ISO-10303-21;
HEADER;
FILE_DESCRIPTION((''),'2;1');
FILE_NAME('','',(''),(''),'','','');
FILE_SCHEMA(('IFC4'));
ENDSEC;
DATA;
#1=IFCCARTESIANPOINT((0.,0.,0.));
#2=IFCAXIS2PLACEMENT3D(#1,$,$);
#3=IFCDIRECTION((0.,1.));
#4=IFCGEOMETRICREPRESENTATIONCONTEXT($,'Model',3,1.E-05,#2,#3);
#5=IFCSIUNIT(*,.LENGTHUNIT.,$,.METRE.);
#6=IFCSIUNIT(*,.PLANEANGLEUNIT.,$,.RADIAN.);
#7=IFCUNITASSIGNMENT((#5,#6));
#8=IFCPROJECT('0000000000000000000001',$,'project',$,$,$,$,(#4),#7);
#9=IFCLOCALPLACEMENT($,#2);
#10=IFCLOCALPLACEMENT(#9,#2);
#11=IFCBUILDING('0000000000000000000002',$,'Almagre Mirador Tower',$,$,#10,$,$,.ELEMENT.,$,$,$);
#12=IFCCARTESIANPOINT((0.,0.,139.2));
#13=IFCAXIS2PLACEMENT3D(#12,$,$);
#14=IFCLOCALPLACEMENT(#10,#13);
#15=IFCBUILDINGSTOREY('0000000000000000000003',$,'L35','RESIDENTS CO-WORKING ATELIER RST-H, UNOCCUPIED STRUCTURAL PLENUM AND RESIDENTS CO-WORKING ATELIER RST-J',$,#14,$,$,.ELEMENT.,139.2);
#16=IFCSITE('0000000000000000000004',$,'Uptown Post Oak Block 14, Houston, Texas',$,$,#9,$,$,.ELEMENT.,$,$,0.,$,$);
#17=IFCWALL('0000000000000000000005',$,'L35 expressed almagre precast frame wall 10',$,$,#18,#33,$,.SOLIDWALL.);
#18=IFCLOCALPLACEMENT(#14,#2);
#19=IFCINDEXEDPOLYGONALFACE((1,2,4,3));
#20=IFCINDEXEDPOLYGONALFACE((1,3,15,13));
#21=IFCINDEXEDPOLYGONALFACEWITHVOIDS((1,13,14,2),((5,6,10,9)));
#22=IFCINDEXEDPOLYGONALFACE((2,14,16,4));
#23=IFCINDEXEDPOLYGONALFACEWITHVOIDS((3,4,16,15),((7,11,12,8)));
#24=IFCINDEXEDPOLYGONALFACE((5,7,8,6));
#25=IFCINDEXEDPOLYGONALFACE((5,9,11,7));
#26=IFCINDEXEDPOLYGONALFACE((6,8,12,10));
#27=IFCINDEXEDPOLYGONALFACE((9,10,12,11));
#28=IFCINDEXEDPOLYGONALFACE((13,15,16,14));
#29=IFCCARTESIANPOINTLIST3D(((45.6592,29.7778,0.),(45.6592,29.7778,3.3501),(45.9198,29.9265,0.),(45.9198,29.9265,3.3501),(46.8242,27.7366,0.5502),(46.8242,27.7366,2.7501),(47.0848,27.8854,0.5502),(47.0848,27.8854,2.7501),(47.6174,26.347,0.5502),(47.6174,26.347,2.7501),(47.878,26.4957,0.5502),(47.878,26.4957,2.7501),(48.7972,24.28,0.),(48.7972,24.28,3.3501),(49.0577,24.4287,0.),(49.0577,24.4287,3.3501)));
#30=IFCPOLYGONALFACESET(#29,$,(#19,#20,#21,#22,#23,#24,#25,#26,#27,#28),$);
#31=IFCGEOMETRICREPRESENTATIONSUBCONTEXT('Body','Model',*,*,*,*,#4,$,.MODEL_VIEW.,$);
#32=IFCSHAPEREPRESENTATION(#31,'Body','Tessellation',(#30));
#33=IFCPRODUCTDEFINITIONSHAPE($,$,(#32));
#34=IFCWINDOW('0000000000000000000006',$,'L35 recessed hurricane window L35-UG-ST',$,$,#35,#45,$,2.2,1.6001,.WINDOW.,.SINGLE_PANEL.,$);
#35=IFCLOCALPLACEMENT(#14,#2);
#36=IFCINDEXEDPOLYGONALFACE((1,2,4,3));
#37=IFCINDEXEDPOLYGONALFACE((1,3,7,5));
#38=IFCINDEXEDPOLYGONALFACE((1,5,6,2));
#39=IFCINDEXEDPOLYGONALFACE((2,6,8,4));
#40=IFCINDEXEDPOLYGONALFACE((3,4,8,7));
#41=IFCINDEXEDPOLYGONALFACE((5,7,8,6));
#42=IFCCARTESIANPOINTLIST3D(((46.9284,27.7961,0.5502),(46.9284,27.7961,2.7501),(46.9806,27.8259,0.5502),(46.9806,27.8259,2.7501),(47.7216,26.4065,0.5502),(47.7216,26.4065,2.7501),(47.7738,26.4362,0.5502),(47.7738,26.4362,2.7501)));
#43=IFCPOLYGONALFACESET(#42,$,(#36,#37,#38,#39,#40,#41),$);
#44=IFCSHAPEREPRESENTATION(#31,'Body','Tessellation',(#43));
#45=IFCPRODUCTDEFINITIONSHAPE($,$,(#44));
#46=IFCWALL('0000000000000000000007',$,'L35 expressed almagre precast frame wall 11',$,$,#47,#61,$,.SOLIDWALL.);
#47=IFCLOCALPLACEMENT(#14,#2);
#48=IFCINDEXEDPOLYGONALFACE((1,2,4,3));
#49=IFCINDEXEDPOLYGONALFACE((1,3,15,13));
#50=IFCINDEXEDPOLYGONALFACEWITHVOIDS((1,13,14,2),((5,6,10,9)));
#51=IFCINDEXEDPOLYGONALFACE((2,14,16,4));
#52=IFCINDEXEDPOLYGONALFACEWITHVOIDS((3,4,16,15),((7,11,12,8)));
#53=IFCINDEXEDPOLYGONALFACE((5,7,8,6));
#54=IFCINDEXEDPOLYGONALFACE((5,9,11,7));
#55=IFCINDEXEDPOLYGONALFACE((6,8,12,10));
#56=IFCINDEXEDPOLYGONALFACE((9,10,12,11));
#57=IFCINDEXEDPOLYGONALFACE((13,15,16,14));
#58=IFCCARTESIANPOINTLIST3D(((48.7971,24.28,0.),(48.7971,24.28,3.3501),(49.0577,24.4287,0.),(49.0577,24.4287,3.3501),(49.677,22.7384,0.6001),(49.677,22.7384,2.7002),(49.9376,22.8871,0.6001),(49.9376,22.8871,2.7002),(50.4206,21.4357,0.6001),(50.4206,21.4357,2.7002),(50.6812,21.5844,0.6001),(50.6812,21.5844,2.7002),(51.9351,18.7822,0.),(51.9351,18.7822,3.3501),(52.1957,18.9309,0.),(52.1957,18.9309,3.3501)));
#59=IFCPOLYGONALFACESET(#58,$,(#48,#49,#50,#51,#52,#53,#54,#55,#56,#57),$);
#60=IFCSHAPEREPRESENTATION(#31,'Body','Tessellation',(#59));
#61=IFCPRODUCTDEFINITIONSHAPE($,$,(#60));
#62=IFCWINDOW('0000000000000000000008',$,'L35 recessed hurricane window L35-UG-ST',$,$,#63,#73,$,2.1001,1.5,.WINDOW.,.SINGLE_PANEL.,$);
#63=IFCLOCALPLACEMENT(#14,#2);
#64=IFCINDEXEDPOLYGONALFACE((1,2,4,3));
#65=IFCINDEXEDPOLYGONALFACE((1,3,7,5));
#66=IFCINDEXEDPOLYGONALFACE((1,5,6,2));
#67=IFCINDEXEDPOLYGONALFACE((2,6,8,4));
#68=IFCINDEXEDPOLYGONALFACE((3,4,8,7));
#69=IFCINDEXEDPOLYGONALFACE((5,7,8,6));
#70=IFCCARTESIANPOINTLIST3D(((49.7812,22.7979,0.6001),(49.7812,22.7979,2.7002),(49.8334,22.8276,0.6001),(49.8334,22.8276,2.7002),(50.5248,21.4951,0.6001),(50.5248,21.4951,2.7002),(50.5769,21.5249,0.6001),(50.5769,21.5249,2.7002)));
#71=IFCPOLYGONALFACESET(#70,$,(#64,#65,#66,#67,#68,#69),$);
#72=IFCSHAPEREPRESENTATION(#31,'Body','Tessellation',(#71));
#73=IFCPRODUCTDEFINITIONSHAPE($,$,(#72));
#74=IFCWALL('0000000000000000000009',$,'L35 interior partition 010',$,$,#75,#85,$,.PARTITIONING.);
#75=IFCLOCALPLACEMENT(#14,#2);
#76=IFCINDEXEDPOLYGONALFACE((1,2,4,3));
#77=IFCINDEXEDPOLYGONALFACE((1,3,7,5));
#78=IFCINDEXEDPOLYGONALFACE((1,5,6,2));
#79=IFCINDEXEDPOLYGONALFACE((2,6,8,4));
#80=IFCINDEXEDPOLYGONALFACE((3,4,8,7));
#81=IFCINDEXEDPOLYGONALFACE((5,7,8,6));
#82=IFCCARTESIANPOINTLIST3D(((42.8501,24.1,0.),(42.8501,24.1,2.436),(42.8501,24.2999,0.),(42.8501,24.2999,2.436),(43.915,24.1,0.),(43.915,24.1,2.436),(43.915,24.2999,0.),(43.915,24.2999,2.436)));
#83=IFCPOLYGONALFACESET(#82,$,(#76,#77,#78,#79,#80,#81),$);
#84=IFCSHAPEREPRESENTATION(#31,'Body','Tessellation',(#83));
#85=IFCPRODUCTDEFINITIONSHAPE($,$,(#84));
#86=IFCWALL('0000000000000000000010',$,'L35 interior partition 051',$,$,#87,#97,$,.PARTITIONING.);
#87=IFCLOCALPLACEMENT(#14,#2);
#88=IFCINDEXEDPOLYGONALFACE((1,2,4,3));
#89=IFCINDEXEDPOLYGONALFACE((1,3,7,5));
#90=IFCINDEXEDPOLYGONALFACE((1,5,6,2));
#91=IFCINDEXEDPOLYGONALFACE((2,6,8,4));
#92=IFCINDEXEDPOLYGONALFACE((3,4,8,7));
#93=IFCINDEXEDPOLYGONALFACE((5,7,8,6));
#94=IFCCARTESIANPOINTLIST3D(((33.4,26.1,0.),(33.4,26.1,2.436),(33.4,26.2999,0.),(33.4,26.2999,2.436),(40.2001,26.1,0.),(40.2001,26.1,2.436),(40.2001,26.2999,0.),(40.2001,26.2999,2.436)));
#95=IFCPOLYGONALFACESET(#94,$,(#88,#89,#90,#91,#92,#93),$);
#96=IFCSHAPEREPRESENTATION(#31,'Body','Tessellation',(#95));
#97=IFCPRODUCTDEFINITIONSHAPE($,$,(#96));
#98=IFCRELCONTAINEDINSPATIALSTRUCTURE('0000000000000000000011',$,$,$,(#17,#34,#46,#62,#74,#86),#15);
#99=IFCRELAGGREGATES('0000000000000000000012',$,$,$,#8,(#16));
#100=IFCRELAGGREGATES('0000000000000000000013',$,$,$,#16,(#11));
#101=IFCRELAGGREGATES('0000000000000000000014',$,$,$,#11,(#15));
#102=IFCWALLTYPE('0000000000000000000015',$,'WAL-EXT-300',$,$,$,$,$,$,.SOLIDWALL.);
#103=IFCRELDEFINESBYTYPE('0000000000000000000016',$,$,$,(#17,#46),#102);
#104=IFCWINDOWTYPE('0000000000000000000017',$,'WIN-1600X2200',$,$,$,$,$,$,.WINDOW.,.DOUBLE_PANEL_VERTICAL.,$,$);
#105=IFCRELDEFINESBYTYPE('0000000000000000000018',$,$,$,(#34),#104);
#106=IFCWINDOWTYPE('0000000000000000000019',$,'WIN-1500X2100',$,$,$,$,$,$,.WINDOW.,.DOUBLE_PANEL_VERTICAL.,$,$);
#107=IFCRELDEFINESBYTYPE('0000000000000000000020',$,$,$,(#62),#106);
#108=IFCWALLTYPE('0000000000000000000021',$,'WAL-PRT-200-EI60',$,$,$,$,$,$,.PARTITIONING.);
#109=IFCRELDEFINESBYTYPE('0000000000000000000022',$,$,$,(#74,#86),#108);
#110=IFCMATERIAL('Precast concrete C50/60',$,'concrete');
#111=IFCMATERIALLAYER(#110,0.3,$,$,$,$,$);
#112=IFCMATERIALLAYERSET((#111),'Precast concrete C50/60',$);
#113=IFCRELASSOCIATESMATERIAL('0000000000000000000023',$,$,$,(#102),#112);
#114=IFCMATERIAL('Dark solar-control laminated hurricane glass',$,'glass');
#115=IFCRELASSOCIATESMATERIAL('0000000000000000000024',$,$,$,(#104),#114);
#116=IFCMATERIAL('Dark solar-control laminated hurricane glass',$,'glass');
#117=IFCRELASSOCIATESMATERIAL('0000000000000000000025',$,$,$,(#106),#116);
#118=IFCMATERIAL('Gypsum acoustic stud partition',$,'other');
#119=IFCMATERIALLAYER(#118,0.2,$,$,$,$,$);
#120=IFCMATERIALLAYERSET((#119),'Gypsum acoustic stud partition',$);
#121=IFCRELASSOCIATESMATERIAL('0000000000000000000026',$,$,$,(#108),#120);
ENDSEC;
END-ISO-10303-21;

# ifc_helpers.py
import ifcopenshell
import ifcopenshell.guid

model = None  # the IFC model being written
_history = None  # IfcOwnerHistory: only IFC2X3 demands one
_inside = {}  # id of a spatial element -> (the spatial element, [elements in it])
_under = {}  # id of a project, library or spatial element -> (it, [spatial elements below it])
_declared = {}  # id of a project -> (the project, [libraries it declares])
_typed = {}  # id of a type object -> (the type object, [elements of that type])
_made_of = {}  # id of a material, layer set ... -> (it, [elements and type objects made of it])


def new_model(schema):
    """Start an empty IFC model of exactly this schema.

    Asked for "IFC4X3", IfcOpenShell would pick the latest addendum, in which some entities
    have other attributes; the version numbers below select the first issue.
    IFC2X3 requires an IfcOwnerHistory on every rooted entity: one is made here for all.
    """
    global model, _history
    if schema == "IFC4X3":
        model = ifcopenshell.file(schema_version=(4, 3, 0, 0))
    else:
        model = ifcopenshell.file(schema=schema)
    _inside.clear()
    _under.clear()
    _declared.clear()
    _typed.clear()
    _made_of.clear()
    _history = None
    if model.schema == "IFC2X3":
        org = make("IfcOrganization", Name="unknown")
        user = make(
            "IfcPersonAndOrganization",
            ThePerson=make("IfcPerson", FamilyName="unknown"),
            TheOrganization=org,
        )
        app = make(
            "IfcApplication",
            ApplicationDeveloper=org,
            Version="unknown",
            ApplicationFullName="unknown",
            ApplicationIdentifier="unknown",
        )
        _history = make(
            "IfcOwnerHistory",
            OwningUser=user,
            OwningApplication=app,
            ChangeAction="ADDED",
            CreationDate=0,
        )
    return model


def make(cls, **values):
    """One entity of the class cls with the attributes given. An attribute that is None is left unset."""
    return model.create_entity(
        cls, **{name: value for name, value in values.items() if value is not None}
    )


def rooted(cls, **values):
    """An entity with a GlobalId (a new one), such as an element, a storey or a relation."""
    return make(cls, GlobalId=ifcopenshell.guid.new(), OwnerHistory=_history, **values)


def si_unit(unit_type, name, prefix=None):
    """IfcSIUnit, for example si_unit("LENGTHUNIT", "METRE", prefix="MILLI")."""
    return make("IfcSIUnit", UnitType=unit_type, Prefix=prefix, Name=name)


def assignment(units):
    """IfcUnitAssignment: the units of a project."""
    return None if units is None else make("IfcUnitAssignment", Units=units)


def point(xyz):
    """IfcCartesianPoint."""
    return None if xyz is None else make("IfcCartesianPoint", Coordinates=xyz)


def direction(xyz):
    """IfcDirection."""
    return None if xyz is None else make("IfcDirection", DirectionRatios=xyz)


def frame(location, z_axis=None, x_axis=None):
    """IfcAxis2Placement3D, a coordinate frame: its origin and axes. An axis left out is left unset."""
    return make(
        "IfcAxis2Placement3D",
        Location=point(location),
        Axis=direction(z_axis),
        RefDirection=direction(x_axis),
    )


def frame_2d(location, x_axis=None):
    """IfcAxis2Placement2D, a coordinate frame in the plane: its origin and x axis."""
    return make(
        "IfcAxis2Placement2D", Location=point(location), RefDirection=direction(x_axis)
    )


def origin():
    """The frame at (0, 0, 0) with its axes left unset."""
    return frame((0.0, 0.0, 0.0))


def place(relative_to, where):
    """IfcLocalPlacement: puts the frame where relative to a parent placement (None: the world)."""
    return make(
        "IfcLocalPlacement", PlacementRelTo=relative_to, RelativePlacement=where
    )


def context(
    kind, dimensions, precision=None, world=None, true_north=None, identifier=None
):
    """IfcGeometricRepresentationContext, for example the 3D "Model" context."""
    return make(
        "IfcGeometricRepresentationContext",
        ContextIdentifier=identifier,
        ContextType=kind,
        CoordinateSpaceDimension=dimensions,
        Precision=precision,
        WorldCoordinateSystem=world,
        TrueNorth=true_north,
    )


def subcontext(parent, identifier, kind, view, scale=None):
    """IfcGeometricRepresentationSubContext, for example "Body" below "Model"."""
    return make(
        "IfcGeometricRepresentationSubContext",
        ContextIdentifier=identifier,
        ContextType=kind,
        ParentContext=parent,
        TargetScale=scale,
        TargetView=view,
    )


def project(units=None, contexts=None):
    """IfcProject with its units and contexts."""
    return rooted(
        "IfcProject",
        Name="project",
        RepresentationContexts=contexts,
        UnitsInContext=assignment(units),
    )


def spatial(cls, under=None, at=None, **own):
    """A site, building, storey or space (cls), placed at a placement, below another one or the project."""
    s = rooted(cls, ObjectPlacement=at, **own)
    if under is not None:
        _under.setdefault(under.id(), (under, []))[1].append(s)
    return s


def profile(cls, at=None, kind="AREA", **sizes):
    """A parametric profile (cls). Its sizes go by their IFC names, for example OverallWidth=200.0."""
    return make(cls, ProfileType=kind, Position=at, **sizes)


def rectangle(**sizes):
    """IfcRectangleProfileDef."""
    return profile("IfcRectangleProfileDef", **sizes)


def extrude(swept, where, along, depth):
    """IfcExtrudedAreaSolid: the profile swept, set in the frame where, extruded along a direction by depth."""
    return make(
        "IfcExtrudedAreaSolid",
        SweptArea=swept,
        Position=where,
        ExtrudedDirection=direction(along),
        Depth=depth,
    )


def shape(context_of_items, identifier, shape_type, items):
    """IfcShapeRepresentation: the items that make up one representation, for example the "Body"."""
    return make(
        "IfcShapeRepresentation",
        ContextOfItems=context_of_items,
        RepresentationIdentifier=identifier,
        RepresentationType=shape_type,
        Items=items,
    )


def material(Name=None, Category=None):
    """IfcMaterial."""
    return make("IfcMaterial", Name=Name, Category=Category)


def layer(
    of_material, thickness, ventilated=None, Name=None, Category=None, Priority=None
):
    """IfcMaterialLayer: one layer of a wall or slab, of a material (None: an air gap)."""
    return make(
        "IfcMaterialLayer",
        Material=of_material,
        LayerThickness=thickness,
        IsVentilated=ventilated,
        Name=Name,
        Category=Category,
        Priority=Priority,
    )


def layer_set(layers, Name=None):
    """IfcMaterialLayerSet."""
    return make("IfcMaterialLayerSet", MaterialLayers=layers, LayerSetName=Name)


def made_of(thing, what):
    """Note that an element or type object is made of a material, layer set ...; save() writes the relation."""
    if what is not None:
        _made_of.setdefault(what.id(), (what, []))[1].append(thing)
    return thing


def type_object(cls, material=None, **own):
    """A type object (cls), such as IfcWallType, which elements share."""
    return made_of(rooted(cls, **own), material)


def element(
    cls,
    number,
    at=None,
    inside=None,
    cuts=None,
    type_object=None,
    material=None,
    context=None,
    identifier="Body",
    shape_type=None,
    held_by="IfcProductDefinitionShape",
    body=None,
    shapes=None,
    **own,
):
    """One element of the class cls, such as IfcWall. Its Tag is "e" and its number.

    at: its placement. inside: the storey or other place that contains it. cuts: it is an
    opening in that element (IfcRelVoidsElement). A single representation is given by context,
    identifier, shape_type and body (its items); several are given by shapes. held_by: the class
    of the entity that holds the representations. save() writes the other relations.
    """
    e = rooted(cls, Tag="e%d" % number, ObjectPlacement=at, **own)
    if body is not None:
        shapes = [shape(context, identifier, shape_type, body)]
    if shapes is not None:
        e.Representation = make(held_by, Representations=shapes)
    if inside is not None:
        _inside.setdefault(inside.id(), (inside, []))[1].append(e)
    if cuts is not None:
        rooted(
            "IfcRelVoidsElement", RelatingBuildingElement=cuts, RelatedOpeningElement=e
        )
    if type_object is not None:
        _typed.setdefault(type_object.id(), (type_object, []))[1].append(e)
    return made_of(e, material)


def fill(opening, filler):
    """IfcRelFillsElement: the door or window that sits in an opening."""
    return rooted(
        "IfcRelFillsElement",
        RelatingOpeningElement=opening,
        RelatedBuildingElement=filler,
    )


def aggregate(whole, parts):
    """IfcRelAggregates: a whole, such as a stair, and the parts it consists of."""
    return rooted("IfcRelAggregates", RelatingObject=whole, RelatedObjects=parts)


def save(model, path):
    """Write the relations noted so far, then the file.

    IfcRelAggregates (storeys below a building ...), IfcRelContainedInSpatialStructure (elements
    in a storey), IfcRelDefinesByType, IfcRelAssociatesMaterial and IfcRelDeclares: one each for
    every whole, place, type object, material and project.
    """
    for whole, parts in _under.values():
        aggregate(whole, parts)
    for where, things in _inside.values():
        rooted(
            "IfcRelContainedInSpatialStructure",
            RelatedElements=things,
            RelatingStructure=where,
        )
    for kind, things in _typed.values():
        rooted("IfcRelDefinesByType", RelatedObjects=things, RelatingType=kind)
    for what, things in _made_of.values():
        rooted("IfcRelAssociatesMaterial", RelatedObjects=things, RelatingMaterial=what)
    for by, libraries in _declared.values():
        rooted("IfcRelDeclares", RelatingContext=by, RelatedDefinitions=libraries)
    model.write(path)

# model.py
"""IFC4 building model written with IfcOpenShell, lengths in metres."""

from ifc_helpers import new_model, si_unit, direction, frame, frame_2d, origin, place, context, subcontext, project, spatial, rectangle, extrude, material, layer, layer_set, type_object, element, fill, save


model = new_model("IFC4")

# Units and contexts
model_context = context("Model", 3, precision=1e-05, world=origin(), true_north=direction((0.0, 1.0)))
body_context = subcontext(model_context, "Body", "Model", "MODEL_VIEW")
ifc_project = project(units=[si_unit("LENGTHUNIT", "METRE"), si_unit("PLANEANGLEUNIT", "RADIAN")], contexts=[model_context])

# Site, building, storey
site_placement = place(None, origin())
site = spatial("IfcSite", under=ifc_project, at=site_placement, Name="Uptown Post Oak Block 14, Houston, Texas", CompositionType="ELEMENT", RefElevation=0.0)
building_placement = place(site_placement, origin())
building = spatial("IfcBuilding", under=site, at=building_placement, Name="Almagre Mirador Tower", CompositionType="ELEMENT")
storey_placement = place(building_placement, frame((0.0, 0.0, 139.2)))
storey = spatial("IfcBuildingStorey", under=building, at=storey_placement, Name="L35", Description="RESIDENTS CO-WORKING ATELIER RST-H, UNOCCUPIED STRUCTURAL PLENUM AND RESIDENTS CO-WORKING ATELIER RST-J", CompositionType="ELEMENT", Elevation=139.2)

# Walls, openings, windows
ifc_material_1 = material(Name="Precast concrete C50/60", Category="concrete")
ifc_layer_1 = layer(ifc_material_1, 0.3)
ifc_layer_set_1 = layer_set([ifc_layer_1], Name="Precast concrete C50/60")
wall_type_1 = type_object("IfcWallType", Name="WAL-EXT-300", PredefinedType="SOLIDWALL", material=ifc_layer_set_1)
wall_1_placement = place(storey_placement, frame((45.7896, 29.8521, 0.0), z_axis=(0.0, 0.0, 1.0), x_axis=(0.495703, -0.868492, 0.0)))
wall_1 = element("IfcWall", 1, at=wall_1_placement, inside=storey, type_object=wall_type_1, Name="L35 expressed almagre precast frame wall 10", PredefinedType="SOLIDWALL", context=body_context, shape_type="SweptSolid", body=[
    extrude(rectangle(XDim=6.3303, YDim=0.3, at=frame_2d((3.165, 0.0))), origin(), (0.0, 0.0, 1.0), 3.3501),
])
opening_1_placement = place(wall_1_placement, frame((2.3501, 0.0, 0.55)))
opening_1 = element("IfcOpeningElement", 2, at=opening_1_placement, cuts=wall_1, PredefinedType="OPENING", context=body_context, shape_type="SweptSolid", body=[
    extrude(rectangle(XDim=1.6001, YDim=2.2, at=frame_2d((0.8, 1.1001))), frame((0.0, 0.1599, 0.0), z_axis=(0.0, -1.0, 0.0), x_axis=(1.0, 0.0, 0.0)), (0.0, 0.0, 1.0), 0.32),
])
ifc_material_2 = material(Name="Dark solar-control laminated hurricane glass", Category="glass")
window_type_1 = type_object("IfcWindowType", Name="WIN-1600X2200", PartitioningType="DOUBLE_PANEL_VERTICAL", PredefinedType="WINDOW", material=ifc_material_2)
window_1_placement = place(opening_1_placement, origin())
window_1 = element("IfcWindow", 3, at=window_1_placement, inside=storey, type_object=window_type_1, Name="L35 recessed hurricane window L35-UG-ST", OverallHeight=2.2, OverallWidth=1.6001, PartitioningType="SINGLE_PANEL", PredefinedType="WINDOW", context=body_context, shape_type="SweptSolid", body=[
    extrude(rectangle(XDim=1.6001, YDim=2.2, at=frame_2d((0.8, 1.1001))), frame((0.0, 0.03, 0.0), z_axis=(0.0, -1.0, 0.0), x_axis=(1.0, 0.0, 0.0)), (0.0, 0.0, 1.0), 0.0601),
])
fill(opening_1, window_1)
wall_2_placement = place(storey_placement, frame((48.9275, 24.3542, 0.0), z_axis=(0.0, 0.0, 1.0), x_axis=(0.495703, -0.868492, 0.0)))
wall_2 = element("IfcWall", 4, at=wall_2_placement, inside=storey, type_object=wall_type_1, Name="L35 expressed almagre precast frame wall 11", PredefinedType="SOLIDWALL", context=body_context, shape_type="SweptSolid", body=[
    extrude(rectangle(XDim=6.3303, YDim=0.3, at=frame_2d((3.165, 0.0))), origin(), (0.0, 0.0, 1.0), 3.3501),
])
opening_2_placement = place(wall_2_placement, frame((1.7749, 0.0, 0.6001)))
opening_2 = element("IfcOpeningElement", 5, at=opening_2_placement, cuts=wall_2, PredefinedType="OPENING", context=body_context, shape_type="SweptSolid", body=[
    extrude(rectangle(XDim=1.5, YDim=2.1001, at=frame_2d((0.75, 1.05))), frame((0.0, 0.1599, 0.0), z_axis=(0.0, -1.0, 0.0), x_axis=(1.0, 0.0, 0.0)), (0.0, 0.0, 1.0), 0.32),
])
ifc_material_3 = material(Name="Dark solar-control laminated hurricane glass", Category="glass")
window_type_2 = type_object("IfcWindowType", Name="WIN-1500X2100", PartitioningType="DOUBLE_PANEL_VERTICAL", PredefinedType="WINDOW", material=ifc_material_3)
window_2_placement = place(opening_2_placement, origin())
window_2 = element("IfcWindow", 6, at=window_2_placement, inside=storey, type_object=window_type_2, Name="L35 recessed hurricane window L35-UG-ST", OverallHeight=2.1001, OverallWidth=1.5, PartitioningType="SINGLE_PANEL", PredefinedType="WINDOW", context=body_context, shape_type="SweptSolid", body=[
    extrude(rectangle(XDim=1.5, YDim=2.1001, at=frame_2d((0.75, 1.05))), frame((0.0, 0.03, 0.0), z_axis=(0.0, -1.0, 0.0), x_axis=(1.0, 0.0, 0.0)), (0.0, 0.0, 1.0), 0.0601),
])
fill(opening_2, window_2)

# Walls
ifc_material_4 = material(Name="Gypsum acoustic stud partition", Category="other")
ifc_layer_2 = layer(ifc_material_4, 0.2)
ifc_layer_set_2 = layer_set([ifc_layer_2], Name="Gypsum acoustic stud partition")
wall_type_2 = type_object("IfcWallType", Name="WAL-PRT-200-EI60", PredefinedType="PARTITIONING", material=ifc_layer_set_2)
wall_3_placement = place(storey_placement, frame((43.915, 24.2, 0.0), z_axis=(0.0, 0.0, 1.0), x_axis=(-1.0, 0.0, 0.0)))
element("IfcWall", 7, at=wall_3_placement, inside=storey, type_object=wall_type_2, Name="L35 interior partition 010", PredefinedType="PARTITIONING", context=body_context, shape_type="SweptSolid", body=[
    extrude(rectangle(XDim=1.0649, YDim=0.2, at=frame_2d((0.5325, 0.0))), origin(), (0.0, 0.0, 1.0), 2.436),
])
wall_4_placement = place(storey_placement, frame((40.2, 26.2, 0.0), z_axis=(0.0, 0.0, 1.0), x_axis=(-1.0, 0.0, 0.0)))
element("IfcWall", 8, at=wall_4_placement, inside=storey, type_object=wall_type_2, Name="L35 interior partition 051", PredefinedType="PARTITIONING", context=body_context, shape_type="SweptSolid", body=[
    extrude(rectangle(XDim=6.8, YDim=0.2, at=frame_2d((3.3999, 0.0))), origin(), (0.0, 0.0, 1.0), 2.436),
])

save(model, "model.ifc")
